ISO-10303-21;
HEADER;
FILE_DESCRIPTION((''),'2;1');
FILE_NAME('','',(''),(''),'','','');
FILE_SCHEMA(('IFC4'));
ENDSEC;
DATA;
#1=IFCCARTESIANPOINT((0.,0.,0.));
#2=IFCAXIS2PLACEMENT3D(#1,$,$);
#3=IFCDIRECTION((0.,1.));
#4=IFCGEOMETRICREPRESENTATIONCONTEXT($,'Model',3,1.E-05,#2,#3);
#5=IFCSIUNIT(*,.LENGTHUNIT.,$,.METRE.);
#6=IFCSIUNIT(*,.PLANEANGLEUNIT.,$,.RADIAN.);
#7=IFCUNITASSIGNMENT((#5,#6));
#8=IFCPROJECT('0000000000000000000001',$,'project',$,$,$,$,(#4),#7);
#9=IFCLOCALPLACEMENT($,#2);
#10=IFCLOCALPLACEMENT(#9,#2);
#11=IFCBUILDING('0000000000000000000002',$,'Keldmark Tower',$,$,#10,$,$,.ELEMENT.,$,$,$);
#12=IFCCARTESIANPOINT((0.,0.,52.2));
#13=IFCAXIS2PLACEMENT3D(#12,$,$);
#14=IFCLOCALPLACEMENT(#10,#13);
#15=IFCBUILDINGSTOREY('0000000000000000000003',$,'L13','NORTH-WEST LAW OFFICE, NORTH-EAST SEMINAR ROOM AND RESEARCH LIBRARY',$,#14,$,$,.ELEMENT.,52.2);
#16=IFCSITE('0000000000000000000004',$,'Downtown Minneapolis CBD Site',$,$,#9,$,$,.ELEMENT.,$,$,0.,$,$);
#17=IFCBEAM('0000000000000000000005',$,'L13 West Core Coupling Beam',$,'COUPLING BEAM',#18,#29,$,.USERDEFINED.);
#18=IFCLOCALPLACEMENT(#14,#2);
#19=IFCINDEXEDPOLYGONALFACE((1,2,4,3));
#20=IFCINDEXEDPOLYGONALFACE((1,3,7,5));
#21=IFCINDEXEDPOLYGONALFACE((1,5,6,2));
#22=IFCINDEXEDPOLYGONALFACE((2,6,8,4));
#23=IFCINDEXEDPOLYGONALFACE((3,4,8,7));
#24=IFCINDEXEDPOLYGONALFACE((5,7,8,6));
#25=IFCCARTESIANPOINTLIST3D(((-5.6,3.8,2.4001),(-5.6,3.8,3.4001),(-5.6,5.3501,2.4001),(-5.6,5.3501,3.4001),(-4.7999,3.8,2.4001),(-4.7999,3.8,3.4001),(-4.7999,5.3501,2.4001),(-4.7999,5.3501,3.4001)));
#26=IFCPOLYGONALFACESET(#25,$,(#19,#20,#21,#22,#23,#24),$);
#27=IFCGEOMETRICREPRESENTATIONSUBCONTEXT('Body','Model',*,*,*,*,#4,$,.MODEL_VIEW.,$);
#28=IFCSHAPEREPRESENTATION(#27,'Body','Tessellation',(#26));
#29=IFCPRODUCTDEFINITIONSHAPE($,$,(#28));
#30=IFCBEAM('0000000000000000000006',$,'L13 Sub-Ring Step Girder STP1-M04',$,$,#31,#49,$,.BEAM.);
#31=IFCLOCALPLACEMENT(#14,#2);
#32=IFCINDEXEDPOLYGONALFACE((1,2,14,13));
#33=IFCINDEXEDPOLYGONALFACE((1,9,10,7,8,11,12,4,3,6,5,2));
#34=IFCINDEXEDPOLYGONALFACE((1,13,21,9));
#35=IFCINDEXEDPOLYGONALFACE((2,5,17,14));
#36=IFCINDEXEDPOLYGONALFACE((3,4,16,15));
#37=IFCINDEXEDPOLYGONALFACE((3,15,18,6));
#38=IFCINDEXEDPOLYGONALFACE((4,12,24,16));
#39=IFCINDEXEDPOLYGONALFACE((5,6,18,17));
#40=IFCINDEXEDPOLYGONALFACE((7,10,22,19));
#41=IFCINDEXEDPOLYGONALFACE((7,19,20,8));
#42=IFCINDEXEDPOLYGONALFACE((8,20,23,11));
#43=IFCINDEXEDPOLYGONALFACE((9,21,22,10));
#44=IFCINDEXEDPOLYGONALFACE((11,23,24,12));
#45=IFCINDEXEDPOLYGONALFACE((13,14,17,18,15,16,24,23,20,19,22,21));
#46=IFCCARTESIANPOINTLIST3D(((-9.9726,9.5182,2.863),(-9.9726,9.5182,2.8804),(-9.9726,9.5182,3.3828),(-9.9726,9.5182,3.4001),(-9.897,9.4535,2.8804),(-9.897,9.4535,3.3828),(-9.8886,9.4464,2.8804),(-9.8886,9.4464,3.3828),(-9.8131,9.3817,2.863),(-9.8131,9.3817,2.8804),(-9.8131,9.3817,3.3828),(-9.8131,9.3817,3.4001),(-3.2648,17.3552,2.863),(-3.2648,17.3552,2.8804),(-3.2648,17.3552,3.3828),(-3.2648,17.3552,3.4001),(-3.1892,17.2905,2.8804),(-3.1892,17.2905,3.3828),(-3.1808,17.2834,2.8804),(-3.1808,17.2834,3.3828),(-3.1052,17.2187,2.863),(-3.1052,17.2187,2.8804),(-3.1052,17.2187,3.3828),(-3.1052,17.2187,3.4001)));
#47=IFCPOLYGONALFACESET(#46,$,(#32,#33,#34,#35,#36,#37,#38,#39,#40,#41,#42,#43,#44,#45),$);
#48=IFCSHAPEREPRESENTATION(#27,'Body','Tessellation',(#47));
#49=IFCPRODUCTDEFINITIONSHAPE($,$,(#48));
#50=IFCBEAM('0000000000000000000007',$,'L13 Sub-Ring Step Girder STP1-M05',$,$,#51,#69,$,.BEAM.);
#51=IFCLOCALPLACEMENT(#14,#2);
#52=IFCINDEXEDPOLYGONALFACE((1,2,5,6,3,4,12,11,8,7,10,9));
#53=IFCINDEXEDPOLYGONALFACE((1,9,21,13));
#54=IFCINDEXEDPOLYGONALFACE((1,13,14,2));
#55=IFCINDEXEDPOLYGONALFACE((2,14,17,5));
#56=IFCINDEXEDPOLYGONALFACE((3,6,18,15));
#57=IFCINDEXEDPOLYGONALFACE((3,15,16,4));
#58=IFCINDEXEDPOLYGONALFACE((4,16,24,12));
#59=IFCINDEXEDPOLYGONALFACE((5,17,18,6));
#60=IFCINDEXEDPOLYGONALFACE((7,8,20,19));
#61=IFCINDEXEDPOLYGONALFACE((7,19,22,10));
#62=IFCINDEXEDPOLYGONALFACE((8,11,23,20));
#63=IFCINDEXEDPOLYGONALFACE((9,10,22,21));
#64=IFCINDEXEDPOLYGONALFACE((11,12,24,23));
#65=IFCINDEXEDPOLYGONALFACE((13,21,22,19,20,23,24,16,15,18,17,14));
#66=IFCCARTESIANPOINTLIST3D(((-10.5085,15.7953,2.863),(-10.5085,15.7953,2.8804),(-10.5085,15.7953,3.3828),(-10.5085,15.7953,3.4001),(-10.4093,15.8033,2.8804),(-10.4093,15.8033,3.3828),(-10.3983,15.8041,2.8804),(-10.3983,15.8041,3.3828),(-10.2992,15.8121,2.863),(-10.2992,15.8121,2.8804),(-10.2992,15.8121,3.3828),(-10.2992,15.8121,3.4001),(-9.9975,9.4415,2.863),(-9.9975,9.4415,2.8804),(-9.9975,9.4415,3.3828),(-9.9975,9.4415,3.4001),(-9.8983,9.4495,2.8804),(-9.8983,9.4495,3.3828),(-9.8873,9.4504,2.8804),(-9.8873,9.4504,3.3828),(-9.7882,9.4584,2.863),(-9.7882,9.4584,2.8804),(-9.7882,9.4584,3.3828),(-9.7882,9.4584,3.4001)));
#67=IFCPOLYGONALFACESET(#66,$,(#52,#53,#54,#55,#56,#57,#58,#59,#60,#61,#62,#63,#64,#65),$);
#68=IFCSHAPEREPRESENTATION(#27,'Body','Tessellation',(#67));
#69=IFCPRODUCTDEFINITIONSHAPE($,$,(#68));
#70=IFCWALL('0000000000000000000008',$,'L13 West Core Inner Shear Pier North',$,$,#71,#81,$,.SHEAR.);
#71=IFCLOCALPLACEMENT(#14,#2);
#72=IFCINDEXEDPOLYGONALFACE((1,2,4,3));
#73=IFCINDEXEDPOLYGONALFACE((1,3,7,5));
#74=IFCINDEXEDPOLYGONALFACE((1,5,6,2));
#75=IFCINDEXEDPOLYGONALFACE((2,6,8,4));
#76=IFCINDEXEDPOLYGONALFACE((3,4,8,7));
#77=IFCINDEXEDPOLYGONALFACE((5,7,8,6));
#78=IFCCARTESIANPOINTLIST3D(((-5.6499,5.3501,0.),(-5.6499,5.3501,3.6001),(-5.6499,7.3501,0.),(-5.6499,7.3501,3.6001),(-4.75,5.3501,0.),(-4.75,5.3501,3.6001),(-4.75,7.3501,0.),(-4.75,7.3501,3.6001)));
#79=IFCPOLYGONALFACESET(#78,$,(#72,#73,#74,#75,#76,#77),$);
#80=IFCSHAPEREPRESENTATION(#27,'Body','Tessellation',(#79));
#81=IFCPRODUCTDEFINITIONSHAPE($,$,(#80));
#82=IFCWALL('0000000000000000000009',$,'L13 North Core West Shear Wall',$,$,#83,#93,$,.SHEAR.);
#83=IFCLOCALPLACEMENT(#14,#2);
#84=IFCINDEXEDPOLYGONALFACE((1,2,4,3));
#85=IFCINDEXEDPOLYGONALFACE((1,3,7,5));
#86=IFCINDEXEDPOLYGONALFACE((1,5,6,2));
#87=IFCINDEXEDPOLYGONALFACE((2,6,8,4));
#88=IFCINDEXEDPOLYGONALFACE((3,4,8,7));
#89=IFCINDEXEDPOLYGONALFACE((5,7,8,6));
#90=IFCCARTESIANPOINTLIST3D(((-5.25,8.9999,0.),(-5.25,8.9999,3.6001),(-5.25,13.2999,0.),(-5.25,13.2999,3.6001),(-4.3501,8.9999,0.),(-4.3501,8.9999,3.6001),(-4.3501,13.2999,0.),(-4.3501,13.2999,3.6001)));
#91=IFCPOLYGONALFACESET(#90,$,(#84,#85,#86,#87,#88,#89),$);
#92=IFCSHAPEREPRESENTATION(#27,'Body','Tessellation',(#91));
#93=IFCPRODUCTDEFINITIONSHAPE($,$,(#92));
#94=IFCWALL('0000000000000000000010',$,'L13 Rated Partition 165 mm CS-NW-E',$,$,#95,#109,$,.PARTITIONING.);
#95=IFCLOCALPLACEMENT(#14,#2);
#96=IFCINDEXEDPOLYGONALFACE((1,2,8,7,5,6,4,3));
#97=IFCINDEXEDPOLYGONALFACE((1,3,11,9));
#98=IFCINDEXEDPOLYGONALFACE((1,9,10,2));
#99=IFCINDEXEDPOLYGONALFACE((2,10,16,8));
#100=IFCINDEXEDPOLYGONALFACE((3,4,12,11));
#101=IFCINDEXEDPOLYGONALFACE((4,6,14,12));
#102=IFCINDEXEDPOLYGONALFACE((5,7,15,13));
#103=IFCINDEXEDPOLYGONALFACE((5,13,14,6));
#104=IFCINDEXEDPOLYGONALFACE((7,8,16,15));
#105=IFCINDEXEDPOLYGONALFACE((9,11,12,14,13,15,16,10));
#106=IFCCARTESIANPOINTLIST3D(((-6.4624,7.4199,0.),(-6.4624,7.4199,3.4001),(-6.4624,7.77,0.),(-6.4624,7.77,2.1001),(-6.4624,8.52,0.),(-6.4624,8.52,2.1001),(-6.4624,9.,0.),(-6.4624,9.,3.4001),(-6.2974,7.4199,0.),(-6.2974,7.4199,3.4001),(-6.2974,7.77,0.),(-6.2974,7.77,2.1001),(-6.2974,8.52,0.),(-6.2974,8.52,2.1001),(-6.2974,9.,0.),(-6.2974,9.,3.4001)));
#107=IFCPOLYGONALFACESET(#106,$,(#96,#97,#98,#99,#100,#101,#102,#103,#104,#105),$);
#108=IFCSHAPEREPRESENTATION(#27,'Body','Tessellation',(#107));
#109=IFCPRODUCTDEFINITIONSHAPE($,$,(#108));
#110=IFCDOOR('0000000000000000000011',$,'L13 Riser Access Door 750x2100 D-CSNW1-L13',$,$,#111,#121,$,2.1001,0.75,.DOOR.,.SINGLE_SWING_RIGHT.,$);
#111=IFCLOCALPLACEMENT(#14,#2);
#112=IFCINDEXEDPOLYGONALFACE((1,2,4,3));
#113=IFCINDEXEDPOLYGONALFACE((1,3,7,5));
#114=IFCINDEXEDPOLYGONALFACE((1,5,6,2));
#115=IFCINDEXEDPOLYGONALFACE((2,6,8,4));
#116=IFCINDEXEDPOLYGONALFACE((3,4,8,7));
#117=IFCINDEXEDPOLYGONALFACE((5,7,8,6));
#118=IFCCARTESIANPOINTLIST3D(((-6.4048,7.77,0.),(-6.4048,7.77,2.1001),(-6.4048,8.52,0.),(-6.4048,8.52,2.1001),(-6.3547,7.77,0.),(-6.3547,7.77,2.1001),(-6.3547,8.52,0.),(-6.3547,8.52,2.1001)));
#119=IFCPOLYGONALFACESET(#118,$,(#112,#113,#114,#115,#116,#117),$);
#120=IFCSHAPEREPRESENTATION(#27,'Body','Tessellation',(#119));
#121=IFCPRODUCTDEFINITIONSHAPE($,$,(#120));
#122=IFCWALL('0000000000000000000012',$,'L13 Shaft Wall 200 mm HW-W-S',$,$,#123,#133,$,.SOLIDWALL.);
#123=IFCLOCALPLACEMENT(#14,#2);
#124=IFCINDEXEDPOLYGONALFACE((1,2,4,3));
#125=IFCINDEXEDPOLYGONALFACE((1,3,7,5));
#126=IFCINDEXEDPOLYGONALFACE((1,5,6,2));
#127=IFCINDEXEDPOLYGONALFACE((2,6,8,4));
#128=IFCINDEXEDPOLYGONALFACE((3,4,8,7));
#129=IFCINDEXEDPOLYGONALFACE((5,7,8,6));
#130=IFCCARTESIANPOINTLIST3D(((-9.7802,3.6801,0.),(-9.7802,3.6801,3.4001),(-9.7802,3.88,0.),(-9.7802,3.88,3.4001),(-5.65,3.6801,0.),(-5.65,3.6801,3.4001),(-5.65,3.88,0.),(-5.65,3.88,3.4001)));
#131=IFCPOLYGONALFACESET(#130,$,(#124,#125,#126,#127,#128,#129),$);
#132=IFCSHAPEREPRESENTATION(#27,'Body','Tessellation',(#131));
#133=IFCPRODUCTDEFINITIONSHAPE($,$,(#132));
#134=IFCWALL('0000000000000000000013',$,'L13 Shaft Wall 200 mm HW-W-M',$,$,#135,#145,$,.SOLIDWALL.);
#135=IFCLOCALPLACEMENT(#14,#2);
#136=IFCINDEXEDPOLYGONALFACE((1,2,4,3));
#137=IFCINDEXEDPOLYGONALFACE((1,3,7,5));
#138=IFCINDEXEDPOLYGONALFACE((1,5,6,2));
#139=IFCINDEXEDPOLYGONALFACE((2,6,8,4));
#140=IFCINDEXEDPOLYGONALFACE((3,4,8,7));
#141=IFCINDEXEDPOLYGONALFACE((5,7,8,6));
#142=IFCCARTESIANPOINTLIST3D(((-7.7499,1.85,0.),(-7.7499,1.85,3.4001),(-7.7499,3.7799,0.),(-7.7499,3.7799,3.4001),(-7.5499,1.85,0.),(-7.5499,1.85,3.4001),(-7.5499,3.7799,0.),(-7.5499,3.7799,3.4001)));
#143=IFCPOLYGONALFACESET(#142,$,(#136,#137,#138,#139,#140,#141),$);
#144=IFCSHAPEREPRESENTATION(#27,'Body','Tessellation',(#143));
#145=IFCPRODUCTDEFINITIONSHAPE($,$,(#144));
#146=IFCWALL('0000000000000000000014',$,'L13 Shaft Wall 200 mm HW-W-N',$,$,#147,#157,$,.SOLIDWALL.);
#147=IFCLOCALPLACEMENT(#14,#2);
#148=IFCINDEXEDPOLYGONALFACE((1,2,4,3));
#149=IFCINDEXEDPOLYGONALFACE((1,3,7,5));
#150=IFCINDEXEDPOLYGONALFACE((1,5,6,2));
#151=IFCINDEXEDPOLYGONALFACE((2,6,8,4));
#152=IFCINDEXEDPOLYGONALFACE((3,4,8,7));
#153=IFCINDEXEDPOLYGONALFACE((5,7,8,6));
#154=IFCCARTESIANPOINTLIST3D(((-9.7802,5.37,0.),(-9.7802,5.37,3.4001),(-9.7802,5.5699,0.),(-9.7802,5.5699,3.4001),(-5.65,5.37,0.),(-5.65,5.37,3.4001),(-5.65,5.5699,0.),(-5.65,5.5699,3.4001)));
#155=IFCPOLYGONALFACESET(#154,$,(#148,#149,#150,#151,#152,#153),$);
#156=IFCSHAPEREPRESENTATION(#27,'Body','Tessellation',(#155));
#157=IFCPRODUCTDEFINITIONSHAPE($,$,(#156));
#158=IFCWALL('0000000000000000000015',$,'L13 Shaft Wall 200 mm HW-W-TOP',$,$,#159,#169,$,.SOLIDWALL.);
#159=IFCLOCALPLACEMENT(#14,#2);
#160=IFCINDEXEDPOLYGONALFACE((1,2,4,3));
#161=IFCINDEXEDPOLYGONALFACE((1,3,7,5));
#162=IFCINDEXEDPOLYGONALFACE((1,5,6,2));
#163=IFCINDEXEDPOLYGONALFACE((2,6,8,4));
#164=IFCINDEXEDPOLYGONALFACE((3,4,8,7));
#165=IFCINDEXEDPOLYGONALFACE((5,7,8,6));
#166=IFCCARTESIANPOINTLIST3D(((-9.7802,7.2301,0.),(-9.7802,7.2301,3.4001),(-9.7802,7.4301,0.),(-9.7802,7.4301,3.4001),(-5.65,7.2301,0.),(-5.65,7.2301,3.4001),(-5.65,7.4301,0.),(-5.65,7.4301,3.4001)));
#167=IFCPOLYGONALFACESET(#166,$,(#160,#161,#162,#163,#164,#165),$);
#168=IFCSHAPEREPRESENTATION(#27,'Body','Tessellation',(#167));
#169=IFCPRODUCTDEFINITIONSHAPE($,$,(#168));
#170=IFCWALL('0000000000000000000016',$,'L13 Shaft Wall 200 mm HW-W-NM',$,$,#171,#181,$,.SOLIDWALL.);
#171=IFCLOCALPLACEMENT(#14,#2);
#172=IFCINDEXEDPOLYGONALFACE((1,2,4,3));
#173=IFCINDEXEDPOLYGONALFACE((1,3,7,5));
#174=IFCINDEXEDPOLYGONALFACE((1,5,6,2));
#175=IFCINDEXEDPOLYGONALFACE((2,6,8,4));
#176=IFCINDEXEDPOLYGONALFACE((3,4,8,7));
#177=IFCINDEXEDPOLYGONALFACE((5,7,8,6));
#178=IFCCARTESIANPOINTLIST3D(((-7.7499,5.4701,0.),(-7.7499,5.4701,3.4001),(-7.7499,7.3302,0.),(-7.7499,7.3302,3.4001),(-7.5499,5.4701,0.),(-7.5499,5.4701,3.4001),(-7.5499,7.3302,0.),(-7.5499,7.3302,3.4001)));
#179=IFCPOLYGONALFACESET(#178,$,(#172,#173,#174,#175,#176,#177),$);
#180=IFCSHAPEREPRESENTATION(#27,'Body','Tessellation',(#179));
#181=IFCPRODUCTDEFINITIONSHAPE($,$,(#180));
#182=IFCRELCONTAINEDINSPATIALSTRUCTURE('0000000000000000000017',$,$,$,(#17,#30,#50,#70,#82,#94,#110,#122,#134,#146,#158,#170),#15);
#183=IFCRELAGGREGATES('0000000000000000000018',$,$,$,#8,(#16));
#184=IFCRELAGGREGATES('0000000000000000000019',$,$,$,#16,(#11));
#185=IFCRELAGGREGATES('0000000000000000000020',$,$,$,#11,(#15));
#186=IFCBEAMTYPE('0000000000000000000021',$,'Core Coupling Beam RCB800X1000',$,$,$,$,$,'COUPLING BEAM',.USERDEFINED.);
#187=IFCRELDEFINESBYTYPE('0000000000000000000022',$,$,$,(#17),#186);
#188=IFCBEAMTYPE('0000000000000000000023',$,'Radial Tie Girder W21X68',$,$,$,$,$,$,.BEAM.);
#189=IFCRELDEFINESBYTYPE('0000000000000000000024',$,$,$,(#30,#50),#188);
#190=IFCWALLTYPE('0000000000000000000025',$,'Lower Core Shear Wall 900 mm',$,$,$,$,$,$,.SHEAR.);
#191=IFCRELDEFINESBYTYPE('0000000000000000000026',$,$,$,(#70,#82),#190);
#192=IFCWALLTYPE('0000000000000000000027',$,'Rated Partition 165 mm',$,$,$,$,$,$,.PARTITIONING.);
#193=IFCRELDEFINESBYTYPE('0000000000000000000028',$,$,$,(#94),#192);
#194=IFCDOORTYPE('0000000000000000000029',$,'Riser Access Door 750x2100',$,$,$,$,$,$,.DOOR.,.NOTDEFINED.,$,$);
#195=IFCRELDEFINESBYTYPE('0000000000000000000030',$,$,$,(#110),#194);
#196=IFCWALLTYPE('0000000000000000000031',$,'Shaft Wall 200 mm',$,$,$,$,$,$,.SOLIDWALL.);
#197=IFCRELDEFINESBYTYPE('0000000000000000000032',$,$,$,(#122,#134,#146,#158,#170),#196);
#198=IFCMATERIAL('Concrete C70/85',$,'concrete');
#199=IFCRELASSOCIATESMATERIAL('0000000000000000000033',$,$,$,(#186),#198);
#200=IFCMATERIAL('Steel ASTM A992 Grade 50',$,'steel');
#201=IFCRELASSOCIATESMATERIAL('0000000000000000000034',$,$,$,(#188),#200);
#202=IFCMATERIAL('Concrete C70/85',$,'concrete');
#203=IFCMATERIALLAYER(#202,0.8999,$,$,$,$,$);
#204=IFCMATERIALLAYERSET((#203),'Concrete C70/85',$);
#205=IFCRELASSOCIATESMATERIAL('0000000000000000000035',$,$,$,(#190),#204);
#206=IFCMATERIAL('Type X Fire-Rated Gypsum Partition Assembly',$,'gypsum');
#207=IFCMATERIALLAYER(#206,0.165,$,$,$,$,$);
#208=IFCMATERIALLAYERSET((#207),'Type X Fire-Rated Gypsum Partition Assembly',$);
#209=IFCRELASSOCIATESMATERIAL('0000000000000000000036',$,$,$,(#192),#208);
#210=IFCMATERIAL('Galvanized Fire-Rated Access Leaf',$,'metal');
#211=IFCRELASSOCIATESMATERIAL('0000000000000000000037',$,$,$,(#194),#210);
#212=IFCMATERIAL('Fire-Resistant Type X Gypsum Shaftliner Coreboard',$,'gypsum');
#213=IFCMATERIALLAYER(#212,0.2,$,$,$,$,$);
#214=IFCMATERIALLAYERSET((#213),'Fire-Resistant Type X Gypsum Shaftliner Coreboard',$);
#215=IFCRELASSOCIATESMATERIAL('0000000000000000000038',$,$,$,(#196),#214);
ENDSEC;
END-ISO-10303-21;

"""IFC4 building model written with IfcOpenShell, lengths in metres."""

from ifc_helpers import new_model, si_unit, direction, frame, frame_2d, origin, origin_2d, place, context, subcontext, project, spatial, rectangle, i_section, extrude, material, layer, layer_set, material_profile, profile_set, type_object, element, fill, save


model = new_model("IFC4")

# Units and contexts
model_context = context("Model", 3, precision=1e-05, world=origin(), true_north=direction((0.0, 1.0)))
body_context = subcontext(model_context, "Body", "Model", "MODEL_VIEW")
ifc_project = project(units=[si_unit("LENGTHUNIT", "METRE"), si_unit("PLANEANGLEUNIT", "RADIAN")], contexts=[model_context])

# Site, building, storey
site_placement = place(None, origin())
site = spatial("IfcSite", under=ifc_project, at=site_placement, Name="Downtown Minneapolis CBD Site", CompositionType="ELEMENT", RefElevation=0.0)
building_placement = place(site_placement, origin())
building = spatial("IfcBuilding", under=site, at=building_placement, Name="Keldmark Tower", CompositionType="ELEMENT")
storey_placement = place(building_placement, frame((0.0, 0.0, 52.2)))
storey = spatial("IfcBuildingStorey", under=building, at=storey_placement, Name="L13", Description="NORTH-WEST LAW OFFICE, NORTH-EAST SEMINAR ROOM AND RESEARCH LIBRARY", CompositionType="ELEMENT", Elevation=52.2)

# Beams
ifc_material_1 = material(Name="Concrete C70/85", Category="concrete")
ifc_material_profile_1 = material_profile(ifc_material_1, rectangle(XDim=0.8, YDim=1.0, at=origin_2d()), Name="RCB800X1000")
ifc_profile_set_1 = profile_set([ifc_material_profile_1], Name="Concrete C70/85")
beam_type_1 = type_object("IfcBeamType", Name="Core Coupling Beam RCB800X1000", ElementType="COUPLING BEAM", PredefinedType="USERDEFINED", material=ifc_profile_set_1)
beam_1_placement = place(storey_placement, frame((-5.2, 3.8, 2.9001), z_axis=(0.0, 1.0, 0.0), x_axis=(-1.0, 0.0, 0.0)))
element("IfcBeam", 1, at=beam_1_placement, inside=storey, type_object=beam_type_1, Name="L13 West Core Coupling Beam", ObjectType="COUPLING BEAM", PredefinedType="USERDEFINED", context=body_context, shape_type="SweptSolid", body=[
    extrude(rectangle(XDim=0.8, YDim=1.0, at=origin_2d()), origin(), (0.0, 0.0, 1.0), 1.55),
])
ifc_material_2 = material(Name="Steel ASTM A992 Grade 50", Category="steel")
ifc_material_profile_2 = material_profile(ifc_material_2, i_section(OverallWidth=0.21, OverallDepth=0.5371, WebThickness=0.011, FlangeThickness=0.0173, at=origin_2d()), Name="W21X68")
ifc_profile_set_2 = profile_set([ifc_material_profile_2], Name="Steel ASTM A992 Grade 50")
beam_type_2 = type_object("IfcBeamType", Name="Radial Tie Girder W21X68", PredefinedType="BEAM", material=ifc_profile_set_2)
beam_2_placement = place(storey_placement, frame((-9.8928, 9.45, 3.1316), z_axis=(0.650255, 0.759716, 0.0), x_axis=(-0.759716, 0.650255, 0.0)))
element("IfcBeam", 2, at=beam_2_placement, inside=storey, type_object=beam_type_2, Name="L13 Sub-Ring Step Girder STP1-M04", PredefinedType="BEAM", context=body_context, shape_type="SweptSolid", body=[
    extrude(i_section(OverallWidth=0.21, OverallDepth=0.5371, WebThickness=0.011, FlangeThickness=0.0173, at=origin_2d()), origin(), (0.0, 0.0, 1.0), 10.3157),
])
beam_3_placement = place(storey_placement, frame((-9.8928, 9.45, 3.1316), z_axis=(-0.080164, 0.996782, 0.0), x_axis=(-0.996782, -0.080164, 0.0)))
element("IfcBeam", 3, at=beam_3_placement, inside=storey, type_object=beam_type_2, Name="L13 Sub-Ring Step Girder STP1-M05", PredefinedType="BEAM", context=body_context, shape_type="SweptSolid", body=[
    extrude(i_section(OverallWidth=0.21, OverallDepth=0.5371, WebThickness=0.011, FlangeThickness=0.0173, at=origin_2d()), origin(), (0.0, 0.0, 1.0), 6.3743),
])

# Walls
ifc_material_3 = material(Name="Concrete C70/85", Category="concrete")
ifc_layer_1 = layer(ifc_material_3, 0.8999)
ifc_layer_set_1 = layer_set([ifc_layer_1], Name="Concrete C70/85")
wall_type_1 = type_object("IfcWallType", Name="Lower Core Shear Wall 900 mm", PredefinedType="SHEAR", material=ifc_layer_set_1)
wall_1_placement = place(storey_placement, frame((-5.2, 5.3501, 0.0), z_axis=(0.0, 0.0, 1.0), x_axis=(0.0, 1.0, 0.0)))
element("IfcWall", 4, at=wall_1_placement, inside=storey, type_object=wall_type_1, Name="L13 West Core Inner Shear Pier North", PredefinedType="SHEAR", context=body_context, shape_type="SweptSolid", body=[
    extrude(rectangle(XDim=2.0, YDim=0.8999, at=frame_2d((1.0, 0.0))), origin(), (0.0, 0.0, 1.0), 3.6001),
])
wall_2_placement = place(storey_placement, frame((-4.8, 9.0, 0.0), z_axis=(0.0, 0.0, 1.0), x_axis=(0.0, 1.0, 0.0)))
element("IfcWall", 5, at=wall_2_placement, inside=storey, type_object=wall_type_1, Name="L13 North Core West Shear Wall", PredefinedType="SHEAR", context=body_context, shape_type="SweptSolid", body=[
    extrude(rectangle(XDim=4.3, YDim=0.8999, at=frame_2d((2.1499, 0.0))), origin(), (0.0, 0.0, 1.0), 3.6001),
])

# Wall, opening, door
ifc_material_4 = material(Name="Type X Fire-Rated Gypsum Partition Assembly", Category="gypsum")
ifc_layer_2 = layer(ifc_material_4, 0.165)
ifc_layer_set_2 = layer_set([ifc_layer_2], Name="Type X Fire-Rated Gypsum Partition Assembly")
wall_type_2 = type_object("IfcWallType", Name="Rated Partition 165 mm", PredefinedType="PARTITIONING", material=ifc_layer_set_2)
wall_3_placement = place(storey_placement, frame((-6.3799, 7.4199, 0.0), z_axis=(0.0, 0.0, 1.0), x_axis=(0.0, 1.0, 0.0)))
wall_3 = element("IfcWall", 6, at=wall_3_placement, inside=storey, type_object=wall_type_2, Name="L13 Rated Partition 165 mm CS-NW-E", PredefinedType="PARTITIONING", context=body_context, shape_type="SweptSolid", body=[
    extrude(rectangle(XDim=1.5801, YDim=0.165, at=frame_2d((0.79, 0.0))), origin(), (0.0, 0.0, 1.0), 3.4001),
])
opening_1_placement = place(wall_3_placement, frame((0.3501, 0.0, 0.0)))
opening_1 = element("IfcOpeningElement", 7, at=opening_1_placement, cuts=wall_3, PredefinedType="OPENING", context=body_context, shape_type="SweptSolid", body=[
    extrude(rectangle(XDim=0.75, YDim=2.1001, at=frame_2d((0.375, 1.05))), frame((0.0, 0.0925, 0.0), z_axis=(0.0, -1.0, 0.0), x_axis=(1.0, 0.0, 0.0)), (0.0, 0.0, 1.0), 0.1851),
])
ifc_material_5 = material(Name="Galvanized Fire-Rated Access Leaf", Category="metal")
door_type_1 = type_object("IfcDoorType", Name="Riser Access Door 750x2100", OperationType="NOTDEFINED", PredefinedType="DOOR", material=ifc_material_5)
door_1_placement = place(opening_1_placement, origin())
door_1 = element("IfcDoor", 8, at=door_1_placement, inside=storey, type_object=door_type_1, Name="L13 Riser Access Door 750x2100 D-CSNW1-L13", OperationType="SINGLE_SWING_RIGHT", OverallHeight=2.1001, OverallWidth=0.75, PredefinedType="DOOR", context=body_context, shape_type="SweptSolid", body=[
    extrude(rectangle(XDim=0.75, YDim=2.1001, at=frame_2d((0.375, 1.05))), frame((0.0, 0.0249, 0.0), z_axis=(0.0, -1.0, 0.0), x_axis=(1.0, 0.0, 0.0)), (0.0, 0.0, 1.0), 0.05),
])
fill(opening_1, door_1)

# Walls
ifc_material_6 = material(Name="Fire-Resistant Type X Gypsum Shaftliner Coreboard", Category="gypsum")
ifc_layer_3 = layer(ifc_material_6, 0.2)
ifc_layer_set_3 = layer_set([ifc_layer_3], Name="Fire-Resistant Type X Gypsum Shaftliner Coreboard")
wall_type_3 = type_object("IfcWallType", Name="Shaft Wall 200 mm", PredefinedType="SOLIDWALL", material=ifc_layer_set_3)
wall_4_placement = place(storey_placement, frame((-9.78, 3.78, 0.0), z_axis=(0.0, 0.0, 1.0), x_axis=(1.0, 0.0, 0.0)))
element("IfcWall", 9, at=wall_4_placement, inside=storey, type_object=wall_type_3, Name="L13 Shaft Wall 200 mm HW-W-S", PredefinedType="SOLIDWALL", context=body_context, shape_type="SweptSolid", body=[
    extrude(rectangle(XDim=4.1301, YDim=0.2, at=frame_2d((2.0649, 0.0))), origin(), (0.0, 0.0, 1.0), 3.4001),
])
wall_5_placement = place(storey_placement, frame((-7.6499, 1.8501, 0.0), z_axis=(0.0, 0.0, 1.0), x_axis=(0.0, 1.0, 0.0)))
element("IfcWall", 10, at=wall_5_placement, inside=storey, type_object=wall_type_3, Name="L13 Shaft Wall 200 mm HW-W-M", PredefinedType="SOLIDWALL", context=body_context, shape_type="SweptSolid", body=[
    extrude(rectangle(XDim=1.9299, YDim=0.2, at=frame_2d((0.9648, 0.0))), origin(), (0.0, 0.0, 1.0), 3.4001),
])
for number, where, z_axis, x_axis, name in (
    (11, (-9.78, 5.47, 0.0), (0.0, 0.0, 1.0), (1.0, 0.0, 0.0), "L13 Shaft Wall 200 mm HW-W-N"),
    (12, (-9.78, 7.3301, 0.0), (0.0, 0.0, 1.0), (1.0, 0.0, 0.0), "L13 Shaft Wall 200 mm HW-W-TOP"),
):
    element("IfcWall", number, at=place(storey_placement, frame(where, z_axis=z_axis, x_axis=x_axis)), inside=storey, type_object=wall_type_3, Name=name, PredefinedType="SOLIDWALL", context=body_context, shape_type="SweptSolid", body=[
        extrude(rectangle(XDim=4.1301, YDim=0.2, at=frame_2d((2.0649, 0.0))), origin(), (0.0, 0.0, 1.0), 3.4001),
    ])
wall_6_placement = place(storey_placement, frame((-7.6499, 5.47, 0.0), z_axis=(0.0, 0.0, 1.0), x_axis=(0.0, 1.0, 0.0)))
element("IfcWall", 13, at=wall_6_placement, inside=storey, type_object=wall_type_3, Name="L13 Shaft Wall 200 mm HW-W-NM", PredefinedType="SOLIDWALL", context=body_context, shape_type="SweptSolid", body=[
    extrude(rectangle(XDim=1.8601, YDim=0.2, at=frame_2d((0.9302, 0.0))), origin(), (0.0, 0.0, 1.0), 3.4001),
])

save(model, "model.ifc")
